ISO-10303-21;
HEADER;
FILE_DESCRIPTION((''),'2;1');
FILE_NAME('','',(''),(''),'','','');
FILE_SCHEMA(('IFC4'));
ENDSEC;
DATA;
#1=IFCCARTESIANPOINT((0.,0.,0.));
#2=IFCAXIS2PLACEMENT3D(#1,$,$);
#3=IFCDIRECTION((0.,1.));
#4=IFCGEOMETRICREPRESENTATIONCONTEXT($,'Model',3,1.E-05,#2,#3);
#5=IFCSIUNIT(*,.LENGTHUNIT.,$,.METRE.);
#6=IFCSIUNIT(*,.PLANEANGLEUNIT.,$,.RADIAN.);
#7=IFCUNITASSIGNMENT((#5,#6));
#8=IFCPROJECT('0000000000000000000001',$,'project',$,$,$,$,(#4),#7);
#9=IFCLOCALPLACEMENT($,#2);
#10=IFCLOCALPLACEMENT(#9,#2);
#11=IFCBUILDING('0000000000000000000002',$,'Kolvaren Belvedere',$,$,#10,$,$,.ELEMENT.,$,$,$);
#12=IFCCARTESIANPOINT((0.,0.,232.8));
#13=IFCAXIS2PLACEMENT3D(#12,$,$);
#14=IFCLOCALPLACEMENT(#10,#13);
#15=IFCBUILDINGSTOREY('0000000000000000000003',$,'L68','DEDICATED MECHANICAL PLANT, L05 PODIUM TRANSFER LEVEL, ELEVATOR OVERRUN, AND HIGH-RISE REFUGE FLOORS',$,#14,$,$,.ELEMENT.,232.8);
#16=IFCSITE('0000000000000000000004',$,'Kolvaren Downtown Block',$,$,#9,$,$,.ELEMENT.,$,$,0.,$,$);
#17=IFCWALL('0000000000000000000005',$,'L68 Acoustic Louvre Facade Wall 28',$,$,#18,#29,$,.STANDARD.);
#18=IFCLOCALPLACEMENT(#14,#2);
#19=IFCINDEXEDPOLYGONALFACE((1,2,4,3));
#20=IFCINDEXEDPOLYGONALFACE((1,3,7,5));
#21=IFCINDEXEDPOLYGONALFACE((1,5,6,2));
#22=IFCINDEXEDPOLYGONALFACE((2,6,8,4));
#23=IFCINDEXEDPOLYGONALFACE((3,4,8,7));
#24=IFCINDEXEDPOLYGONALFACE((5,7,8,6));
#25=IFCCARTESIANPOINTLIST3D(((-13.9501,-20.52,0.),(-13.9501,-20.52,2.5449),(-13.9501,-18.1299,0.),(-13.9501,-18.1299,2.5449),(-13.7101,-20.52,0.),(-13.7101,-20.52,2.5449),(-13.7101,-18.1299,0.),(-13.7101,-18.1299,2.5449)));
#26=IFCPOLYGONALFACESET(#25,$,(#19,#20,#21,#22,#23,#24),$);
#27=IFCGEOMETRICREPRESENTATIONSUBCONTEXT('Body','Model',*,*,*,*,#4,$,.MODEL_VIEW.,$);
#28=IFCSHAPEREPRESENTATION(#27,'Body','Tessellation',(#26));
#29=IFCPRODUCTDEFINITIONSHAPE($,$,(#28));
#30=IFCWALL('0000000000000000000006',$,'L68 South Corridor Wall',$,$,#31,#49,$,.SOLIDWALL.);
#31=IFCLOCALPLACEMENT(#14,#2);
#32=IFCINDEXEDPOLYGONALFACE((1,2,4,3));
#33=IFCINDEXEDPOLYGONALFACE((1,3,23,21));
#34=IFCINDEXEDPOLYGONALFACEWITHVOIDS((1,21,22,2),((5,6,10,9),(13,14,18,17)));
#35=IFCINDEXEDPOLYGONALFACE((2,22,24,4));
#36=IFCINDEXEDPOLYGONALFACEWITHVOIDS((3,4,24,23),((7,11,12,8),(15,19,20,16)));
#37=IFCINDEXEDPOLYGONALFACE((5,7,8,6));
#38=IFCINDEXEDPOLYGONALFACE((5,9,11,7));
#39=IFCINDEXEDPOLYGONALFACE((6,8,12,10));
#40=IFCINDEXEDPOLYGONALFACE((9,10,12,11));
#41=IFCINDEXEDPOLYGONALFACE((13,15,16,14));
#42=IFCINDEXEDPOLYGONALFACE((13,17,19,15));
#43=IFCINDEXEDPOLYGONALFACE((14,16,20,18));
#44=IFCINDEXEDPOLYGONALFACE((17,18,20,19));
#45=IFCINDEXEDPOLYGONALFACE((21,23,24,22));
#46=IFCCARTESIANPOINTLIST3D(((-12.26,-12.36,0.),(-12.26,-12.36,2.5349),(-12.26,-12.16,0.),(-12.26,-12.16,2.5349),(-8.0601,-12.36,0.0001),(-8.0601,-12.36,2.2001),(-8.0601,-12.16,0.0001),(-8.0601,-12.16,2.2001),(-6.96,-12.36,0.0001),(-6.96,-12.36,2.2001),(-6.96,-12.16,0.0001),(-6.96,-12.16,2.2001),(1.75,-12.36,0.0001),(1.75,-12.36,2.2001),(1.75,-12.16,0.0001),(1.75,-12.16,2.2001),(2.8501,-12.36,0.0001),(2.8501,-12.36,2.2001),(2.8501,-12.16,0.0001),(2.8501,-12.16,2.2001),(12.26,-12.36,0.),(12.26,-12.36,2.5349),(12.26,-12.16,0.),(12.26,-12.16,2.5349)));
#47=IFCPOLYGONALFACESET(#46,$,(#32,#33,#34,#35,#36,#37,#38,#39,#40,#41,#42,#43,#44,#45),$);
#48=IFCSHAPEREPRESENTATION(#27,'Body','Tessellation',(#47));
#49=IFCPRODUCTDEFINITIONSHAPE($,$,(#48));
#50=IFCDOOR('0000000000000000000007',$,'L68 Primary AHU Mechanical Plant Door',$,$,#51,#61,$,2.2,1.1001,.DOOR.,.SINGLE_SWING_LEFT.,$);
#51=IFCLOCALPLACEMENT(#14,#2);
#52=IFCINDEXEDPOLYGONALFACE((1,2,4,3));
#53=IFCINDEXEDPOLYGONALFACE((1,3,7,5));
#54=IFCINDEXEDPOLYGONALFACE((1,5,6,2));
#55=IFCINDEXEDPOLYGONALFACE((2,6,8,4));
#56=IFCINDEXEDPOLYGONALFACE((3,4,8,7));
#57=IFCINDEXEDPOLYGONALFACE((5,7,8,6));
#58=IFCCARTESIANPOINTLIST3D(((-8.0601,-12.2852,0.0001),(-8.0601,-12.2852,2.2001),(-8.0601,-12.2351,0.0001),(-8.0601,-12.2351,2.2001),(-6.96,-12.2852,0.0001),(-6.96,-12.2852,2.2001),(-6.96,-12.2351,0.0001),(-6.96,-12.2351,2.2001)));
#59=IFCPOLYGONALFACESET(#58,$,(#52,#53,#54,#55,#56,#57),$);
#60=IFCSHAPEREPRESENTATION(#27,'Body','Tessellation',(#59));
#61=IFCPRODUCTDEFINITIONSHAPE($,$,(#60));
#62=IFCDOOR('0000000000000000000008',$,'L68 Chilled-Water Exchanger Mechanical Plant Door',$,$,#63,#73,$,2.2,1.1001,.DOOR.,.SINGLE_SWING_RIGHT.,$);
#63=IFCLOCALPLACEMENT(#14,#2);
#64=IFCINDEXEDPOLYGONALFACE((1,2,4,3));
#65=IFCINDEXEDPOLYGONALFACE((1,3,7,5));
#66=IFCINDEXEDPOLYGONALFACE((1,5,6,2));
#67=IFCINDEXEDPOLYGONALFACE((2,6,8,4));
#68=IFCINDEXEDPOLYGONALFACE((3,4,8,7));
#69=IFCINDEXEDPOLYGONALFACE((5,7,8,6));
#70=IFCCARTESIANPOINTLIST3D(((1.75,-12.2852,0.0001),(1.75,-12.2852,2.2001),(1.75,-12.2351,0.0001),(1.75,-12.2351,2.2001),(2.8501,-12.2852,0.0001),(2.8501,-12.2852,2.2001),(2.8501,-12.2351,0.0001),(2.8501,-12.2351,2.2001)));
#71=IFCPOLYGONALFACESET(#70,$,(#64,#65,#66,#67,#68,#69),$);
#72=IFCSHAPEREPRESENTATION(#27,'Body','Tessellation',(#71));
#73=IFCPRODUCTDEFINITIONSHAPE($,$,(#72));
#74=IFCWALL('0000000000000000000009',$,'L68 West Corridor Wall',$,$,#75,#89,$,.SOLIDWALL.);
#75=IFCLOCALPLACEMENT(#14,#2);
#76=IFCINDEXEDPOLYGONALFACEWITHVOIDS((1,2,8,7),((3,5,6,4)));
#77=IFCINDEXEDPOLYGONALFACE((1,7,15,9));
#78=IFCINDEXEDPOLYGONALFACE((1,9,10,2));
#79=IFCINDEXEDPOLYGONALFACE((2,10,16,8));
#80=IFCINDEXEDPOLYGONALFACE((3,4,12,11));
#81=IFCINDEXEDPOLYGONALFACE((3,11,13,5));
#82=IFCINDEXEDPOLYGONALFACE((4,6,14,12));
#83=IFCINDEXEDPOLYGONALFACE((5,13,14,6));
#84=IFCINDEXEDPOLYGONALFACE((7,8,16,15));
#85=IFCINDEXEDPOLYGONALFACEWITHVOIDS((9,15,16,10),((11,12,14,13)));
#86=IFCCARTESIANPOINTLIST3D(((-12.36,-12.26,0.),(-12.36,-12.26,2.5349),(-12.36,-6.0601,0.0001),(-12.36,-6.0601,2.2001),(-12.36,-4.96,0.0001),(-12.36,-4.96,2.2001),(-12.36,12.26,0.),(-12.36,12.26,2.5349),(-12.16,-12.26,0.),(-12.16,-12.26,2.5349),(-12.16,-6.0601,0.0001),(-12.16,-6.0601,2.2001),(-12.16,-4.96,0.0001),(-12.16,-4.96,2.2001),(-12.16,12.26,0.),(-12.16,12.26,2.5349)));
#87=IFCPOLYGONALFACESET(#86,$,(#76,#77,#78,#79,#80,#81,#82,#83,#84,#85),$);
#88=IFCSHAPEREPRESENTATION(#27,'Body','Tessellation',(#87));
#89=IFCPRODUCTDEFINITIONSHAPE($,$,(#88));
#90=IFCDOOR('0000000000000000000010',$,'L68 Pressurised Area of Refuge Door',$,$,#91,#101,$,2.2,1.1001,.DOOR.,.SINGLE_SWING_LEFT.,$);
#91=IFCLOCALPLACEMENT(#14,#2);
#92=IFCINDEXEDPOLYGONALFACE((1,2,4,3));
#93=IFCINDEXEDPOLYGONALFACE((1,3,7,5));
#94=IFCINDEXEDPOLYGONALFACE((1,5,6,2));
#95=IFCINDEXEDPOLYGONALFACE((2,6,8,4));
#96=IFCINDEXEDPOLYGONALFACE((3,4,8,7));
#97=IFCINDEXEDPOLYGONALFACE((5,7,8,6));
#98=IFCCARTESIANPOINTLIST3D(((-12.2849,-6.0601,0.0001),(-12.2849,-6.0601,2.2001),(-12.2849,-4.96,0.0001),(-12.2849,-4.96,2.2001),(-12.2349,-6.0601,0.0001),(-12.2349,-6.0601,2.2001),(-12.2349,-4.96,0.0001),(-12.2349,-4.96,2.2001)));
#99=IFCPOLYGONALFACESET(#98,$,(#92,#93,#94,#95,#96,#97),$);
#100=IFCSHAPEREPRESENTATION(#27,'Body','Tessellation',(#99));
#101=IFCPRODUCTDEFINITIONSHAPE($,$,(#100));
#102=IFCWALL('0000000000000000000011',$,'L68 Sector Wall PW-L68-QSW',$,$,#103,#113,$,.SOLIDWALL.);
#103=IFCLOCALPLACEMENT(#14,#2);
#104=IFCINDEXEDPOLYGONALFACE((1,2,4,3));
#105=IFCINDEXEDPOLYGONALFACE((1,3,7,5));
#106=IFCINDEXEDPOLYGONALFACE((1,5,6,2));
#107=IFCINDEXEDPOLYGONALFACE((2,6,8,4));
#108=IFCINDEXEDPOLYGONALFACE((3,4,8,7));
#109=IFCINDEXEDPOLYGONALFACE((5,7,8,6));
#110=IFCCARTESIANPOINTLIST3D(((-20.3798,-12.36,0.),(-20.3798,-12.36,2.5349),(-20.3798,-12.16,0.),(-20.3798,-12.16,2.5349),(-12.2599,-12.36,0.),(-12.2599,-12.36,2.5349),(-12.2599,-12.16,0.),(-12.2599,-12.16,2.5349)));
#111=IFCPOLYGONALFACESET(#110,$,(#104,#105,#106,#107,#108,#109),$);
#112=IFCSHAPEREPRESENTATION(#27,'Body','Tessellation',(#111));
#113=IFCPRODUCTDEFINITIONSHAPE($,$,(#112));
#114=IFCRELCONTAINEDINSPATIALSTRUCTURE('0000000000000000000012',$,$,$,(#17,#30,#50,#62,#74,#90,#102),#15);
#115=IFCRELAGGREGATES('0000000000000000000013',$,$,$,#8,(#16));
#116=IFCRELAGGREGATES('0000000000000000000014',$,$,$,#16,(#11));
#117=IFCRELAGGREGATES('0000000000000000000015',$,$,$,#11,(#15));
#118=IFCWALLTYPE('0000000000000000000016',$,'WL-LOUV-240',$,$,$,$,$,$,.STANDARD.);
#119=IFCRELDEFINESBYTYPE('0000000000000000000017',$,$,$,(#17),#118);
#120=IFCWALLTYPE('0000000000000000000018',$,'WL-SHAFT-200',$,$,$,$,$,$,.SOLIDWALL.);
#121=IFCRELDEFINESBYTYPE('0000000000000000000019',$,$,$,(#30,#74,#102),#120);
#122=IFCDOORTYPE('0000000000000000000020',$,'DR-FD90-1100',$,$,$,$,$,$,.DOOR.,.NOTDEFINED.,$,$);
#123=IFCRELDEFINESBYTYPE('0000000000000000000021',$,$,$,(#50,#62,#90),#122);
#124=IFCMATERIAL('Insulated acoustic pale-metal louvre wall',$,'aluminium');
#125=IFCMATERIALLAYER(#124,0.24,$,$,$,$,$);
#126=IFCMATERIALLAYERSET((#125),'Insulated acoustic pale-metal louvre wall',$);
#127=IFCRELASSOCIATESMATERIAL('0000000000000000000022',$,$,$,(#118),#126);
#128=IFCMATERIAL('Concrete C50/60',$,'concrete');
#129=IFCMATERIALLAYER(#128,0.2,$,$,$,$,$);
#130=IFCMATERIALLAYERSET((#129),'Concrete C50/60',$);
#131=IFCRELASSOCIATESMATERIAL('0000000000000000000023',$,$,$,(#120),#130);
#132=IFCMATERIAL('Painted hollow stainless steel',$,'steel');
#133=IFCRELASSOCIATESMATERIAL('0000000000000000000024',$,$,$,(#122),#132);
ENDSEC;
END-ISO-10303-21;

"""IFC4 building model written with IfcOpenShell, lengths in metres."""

from ifc_helpers import new_model, si_unit, direction, frame, frame_2d, origin, place, context, subcontext, project, spatial, rectangle, extrude, material, layer, layer_set, type_object, element, fill, save


model = new_model("IFC4")

# Units and contexts
model_context = context("Model", 3, precision=1e-05, world=origin(), true_north=direction((0.0, 1.0)))
body_context = subcontext(model_context, "Body", "Model", "MODEL_VIEW")
ifc_project = project(units=[si_unit("LENGTHUNIT", "METRE"), si_unit("PLANEANGLEUNIT", "RADIAN")], contexts=[model_context])

# Site, building, storey
site_placement = place(None, origin())
site = spatial("IfcSite", under=ifc_project, at=site_placement, Name="Kolvaren Downtown Block", CompositionType="ELEMENT", RefElevation=0.0)
building_placement = place(site_placement, origin())
building = spatial("IfcBuilding", under=site, at=building_placement, Name="Kolvaren Belvedere", CompositionType="ELEMENT")
storey_placement = place(building_placement, frame((0.0, 0.0, 232.8)))
storey = spatial("IfcBuildingStorey", under=building, at=storey_placement, Name="L68", Description="DEDICATED MECHANICAL PLANT, L05 PODIUM TRANSFER LEVEL, ELEVATOR OVERRUN, AND HIGH-RISE REFUGE FLOORS", CompositionType="ELEMENT", Elevation=232.8)

# Wall
ifc_material_1 = material(Name="Insulated acoustic pale-metal louvre wall", Category="aluminium")
ifc_layer_1 = layer(ifc_material_1, 0.24)
ifc_layer_set_1 = layer_set([ifc_layer_1], Name="Insulated acoustic pale-metal louvre wall")
wall_type_1 = type_object("IfcWallType", Name="WL-LOUV-240", PredefinedType="STANDARD", material=ifc_layer_set_1)
wall_1_placement = place(storey_placement, frame((-13.8301, -20.52, 0.0), z_axis=(0.0, 0.0, 1.0), x_axis=(0.0, 1.0, 0.0)))
element("IfcWall", 1, at=wall_1_placement, inside=storey, type_object=wall_type_1, Name="L68 Acoustic Louvre Facade Wall 28", PredefinedType="STANDARD", context=body_context, shape_type="SweptSolid", body=[
    extrude(rectangle(XDim=2.3901, YDim=0.24, at=frame_2d((1.1951, 0.0))), origin(), (0.0, 0.0, 1.0), 2.5449),
])

# Wall, openings, doors
ifc_material_2 = material(Name="Concrete C50/60", Category="concrete")
ifc_layer_2 = layer(ifc_material_2, 0.2)
ifc_layer_set_2 = layer_set([ifc_layer_2], Name="Concrete C50/60")
wall_type_2 = type_object("IfcWallType", Name="WL-SHAFT-200", PredefinedType="SOLIDWALL", material=ifc_layer_set_2)
wall_2_placement = place(storey_placement, frame((-12.26, -12.26, 0.0), z_axis=(0.0, 0.0, 1.0), x_axis=(1.0, 0.0, 0.0)))
wall_2 = element("IfcWall", 2, at=wall_2_placement, inside=storey, type_object=wall_type_2, Name="L68 South Corridor Wall", PredefinedType="SOLIDWALL", context=body_context, shape_type="SweptSolid", body=[
    extrude(rectangle(XDim=24.52, YDim=0.2, at=frame_2d((12.26, 0.0))), origin(), (0.0, 0.0, 1.0), 2.5349),
])
opening_1_placement = place(wall_2_placement, frame((4.2, 0.0, 0.0)))
opening_1 = element("IfcOpeningElement", 3, at=opening_1_placement, cuts=wall_2, PredefinedType="OPENING", context=body_context, shape_type="SweptSolid", body=[
    extrude(rectangle(XDim=1.1001, YDim=2.2, at=frame_2d((0.55, 1.1001))), frame((0.0, 0.1099, 0.0), z_axis=(0.0, -1.0, 0.0), x_axis=(1.0, 0.0, 0.0)), (0.0, 0.0, 1.0), 0.22),
])
opening_2_placement = place(wall_2_placement, frame((14.01, 0.0, 0.0)))
opening_2 = element("IfcOpeningElement", 4, at=opening_2_placement, cuts=wall_2, PredefinedType="OPENING", context=body_context, shape_type="SweptSolid", body=[
    extrude(rectangle(XDim=1.1001, YDim=2.2, at=frame_2d((0.55, 1.1001))), frame((0.0, 0.1099, 0.0), z_axis=(0.0, -1.0, 0.0), x_axis=(1.0, 0.0, 0.0)), (0.0, 0.0, 1.0), 0.22),
])
ifc_material_3 = material(Name="Painted hollow stainless steel", Category="steel")
door_type = type_object("IfcDoorType", Name="DR-FD90-1100", OperationType="NOTDEFINED", PredefinedType="DOOR", material=ifc_material_3)
door_1_placement = place(opening_1_placement, origin())
door_1 = element("IfcDoor", 5, at=door_1_placement, inside=storey, type_object=door_type, Name="L68 Primary AHU Mechanical Plant Door", OperationType="SINGLE_SWING_LEFT", OverallHeight=2.2, OverallWidth=1.1001, PredefinedType="DOOR", context=body_context, shape_type="SweptSolid", body=[
    extrude(rectangle(XDim=1.1001, YDim=2.2, at=frame_2d((0.55, 1.1001))), frame((0.0, 0.0249, 0.0), z_axis=(0.0, -1.0, 0.0), x_axis=(1.0, 0.0, 0.0)), (0.0, 0.0, 1.0), 0.05),
])
fill(opening_1, door_1)
door_2_placement = place(opening_2_placement, origin())
door_2 = element("IfcDoor", 6, at=door_2_placement, inside=storey, type_object=door_type, Name="L68 Chilled-Water Exchanger Mechanical Plant Door", OperationType="SINGLE_SWING_RIGHT", OverallHeight=2.2, OverallWidth=1.1001, PredefinedType="DOOR", context=body_context, shape_type="SweptSolid", body=[
    extrude(rectangle(XDim=1.1001, YDim=2.2, at=frame_2d((0.55, 1.1001))), frame((0.0, 0.0249, 0.0), z_axis=(0.0, -1.0, 0.0), x_axis=(1.0, 0.0, 0.0)), (0.0, 0.0, 1.0), 0.05),
])
fill(opening_2, door_2)

# Wall, opening, door
wall_3_placement = place(storey_placement, frame((-12.26, -12.26, 0.0), z_axis=(0.0, 0.0, 1.0), x_axis=(0.0, 1.0, 0.0)))
wall_3 = element("IfcWall", 7, at=wall_3_placement, inside=storey, type_object=wall_type_2, Name="L68 West Corridor Wall", PredefinedType="SOLIDWALL", context=body_context, shape_type="SweptSolid", body=[
    extrude(rectangle(XDim=24.52, YDim=0.2, at=frame_2d((12.26, 0.0))), origin(), (0.0, 0.0, 1.0), 2.5349),
])
opening_3_placement = place(wall_3_placement, frame((6.2, 0.0, 0.0)))
opening_3 = element("IfcOpeningElement", 8, at=opening_3_placement, cuts=wall_3, PredefinedType="OPENING", context=body_context, shape_type="SweptSolid", body=[
    extrude(rectangle(XDim=1.1001, YDim=2.2, at=frame_2d((0.55, 1.1001))), frame((0.0, 0.1099, 0.0), z_axis=(0.0, -1.0, 0.0), x_axis=(1.0, 0.0, 0.0)), (0.0, 0.0, 1.0), 0.22),
])
door_3_placement = place(opening_3_placement, origin())
door_3 = element("IfcDoor", 9, at=door_3_placement, inside=storey, type_object=door_type, Name="L68 Pressurised Area of Refuge Door", OperationType="SINGLE_SWING_LEFT", OverallHeight=2.2, OverallWidth=1.1001, PredefinedType="DOOR", context=body_context, shape_type="SweptSolid", body=[
    extrude(rectangle(XDim=1.1001, YDim=2.2, at=frame_2d((0.55, 1.1001))), frame((0.0, 0.0249, 0.0), z_axis=(0.0, -1.0, 0.0), x_axis=(1.0, 0.0, 0.0)), (0.0, 0.0, 1.0), 0.05),
])
fill(opening_3, door_3)

# Wall
wall_4_placement = place(storey_placement, frame((-20.3799, -12.26, 0.0), z_axis=(0.0, 0.0, 1.0), x_axis=(1.0, 0.0, 0.0)))
element("IfcWall", 10, at=wall_4_placement, inside=storey, type_object=wall_type_2, Name="L68 Sector Wall PW-L68-QSW", PredefinedType="SOLIDWALL", context=body_context, shape_type="SweptSolid", body=[
    extrude(rectangle(XDim=8.1199, YDim=0.2, at=frame_2d((4.0601, 0.0))), origin(), (0.0, 0.0, 1.0), 2.5349),
])

save(model, "model.ifc")
